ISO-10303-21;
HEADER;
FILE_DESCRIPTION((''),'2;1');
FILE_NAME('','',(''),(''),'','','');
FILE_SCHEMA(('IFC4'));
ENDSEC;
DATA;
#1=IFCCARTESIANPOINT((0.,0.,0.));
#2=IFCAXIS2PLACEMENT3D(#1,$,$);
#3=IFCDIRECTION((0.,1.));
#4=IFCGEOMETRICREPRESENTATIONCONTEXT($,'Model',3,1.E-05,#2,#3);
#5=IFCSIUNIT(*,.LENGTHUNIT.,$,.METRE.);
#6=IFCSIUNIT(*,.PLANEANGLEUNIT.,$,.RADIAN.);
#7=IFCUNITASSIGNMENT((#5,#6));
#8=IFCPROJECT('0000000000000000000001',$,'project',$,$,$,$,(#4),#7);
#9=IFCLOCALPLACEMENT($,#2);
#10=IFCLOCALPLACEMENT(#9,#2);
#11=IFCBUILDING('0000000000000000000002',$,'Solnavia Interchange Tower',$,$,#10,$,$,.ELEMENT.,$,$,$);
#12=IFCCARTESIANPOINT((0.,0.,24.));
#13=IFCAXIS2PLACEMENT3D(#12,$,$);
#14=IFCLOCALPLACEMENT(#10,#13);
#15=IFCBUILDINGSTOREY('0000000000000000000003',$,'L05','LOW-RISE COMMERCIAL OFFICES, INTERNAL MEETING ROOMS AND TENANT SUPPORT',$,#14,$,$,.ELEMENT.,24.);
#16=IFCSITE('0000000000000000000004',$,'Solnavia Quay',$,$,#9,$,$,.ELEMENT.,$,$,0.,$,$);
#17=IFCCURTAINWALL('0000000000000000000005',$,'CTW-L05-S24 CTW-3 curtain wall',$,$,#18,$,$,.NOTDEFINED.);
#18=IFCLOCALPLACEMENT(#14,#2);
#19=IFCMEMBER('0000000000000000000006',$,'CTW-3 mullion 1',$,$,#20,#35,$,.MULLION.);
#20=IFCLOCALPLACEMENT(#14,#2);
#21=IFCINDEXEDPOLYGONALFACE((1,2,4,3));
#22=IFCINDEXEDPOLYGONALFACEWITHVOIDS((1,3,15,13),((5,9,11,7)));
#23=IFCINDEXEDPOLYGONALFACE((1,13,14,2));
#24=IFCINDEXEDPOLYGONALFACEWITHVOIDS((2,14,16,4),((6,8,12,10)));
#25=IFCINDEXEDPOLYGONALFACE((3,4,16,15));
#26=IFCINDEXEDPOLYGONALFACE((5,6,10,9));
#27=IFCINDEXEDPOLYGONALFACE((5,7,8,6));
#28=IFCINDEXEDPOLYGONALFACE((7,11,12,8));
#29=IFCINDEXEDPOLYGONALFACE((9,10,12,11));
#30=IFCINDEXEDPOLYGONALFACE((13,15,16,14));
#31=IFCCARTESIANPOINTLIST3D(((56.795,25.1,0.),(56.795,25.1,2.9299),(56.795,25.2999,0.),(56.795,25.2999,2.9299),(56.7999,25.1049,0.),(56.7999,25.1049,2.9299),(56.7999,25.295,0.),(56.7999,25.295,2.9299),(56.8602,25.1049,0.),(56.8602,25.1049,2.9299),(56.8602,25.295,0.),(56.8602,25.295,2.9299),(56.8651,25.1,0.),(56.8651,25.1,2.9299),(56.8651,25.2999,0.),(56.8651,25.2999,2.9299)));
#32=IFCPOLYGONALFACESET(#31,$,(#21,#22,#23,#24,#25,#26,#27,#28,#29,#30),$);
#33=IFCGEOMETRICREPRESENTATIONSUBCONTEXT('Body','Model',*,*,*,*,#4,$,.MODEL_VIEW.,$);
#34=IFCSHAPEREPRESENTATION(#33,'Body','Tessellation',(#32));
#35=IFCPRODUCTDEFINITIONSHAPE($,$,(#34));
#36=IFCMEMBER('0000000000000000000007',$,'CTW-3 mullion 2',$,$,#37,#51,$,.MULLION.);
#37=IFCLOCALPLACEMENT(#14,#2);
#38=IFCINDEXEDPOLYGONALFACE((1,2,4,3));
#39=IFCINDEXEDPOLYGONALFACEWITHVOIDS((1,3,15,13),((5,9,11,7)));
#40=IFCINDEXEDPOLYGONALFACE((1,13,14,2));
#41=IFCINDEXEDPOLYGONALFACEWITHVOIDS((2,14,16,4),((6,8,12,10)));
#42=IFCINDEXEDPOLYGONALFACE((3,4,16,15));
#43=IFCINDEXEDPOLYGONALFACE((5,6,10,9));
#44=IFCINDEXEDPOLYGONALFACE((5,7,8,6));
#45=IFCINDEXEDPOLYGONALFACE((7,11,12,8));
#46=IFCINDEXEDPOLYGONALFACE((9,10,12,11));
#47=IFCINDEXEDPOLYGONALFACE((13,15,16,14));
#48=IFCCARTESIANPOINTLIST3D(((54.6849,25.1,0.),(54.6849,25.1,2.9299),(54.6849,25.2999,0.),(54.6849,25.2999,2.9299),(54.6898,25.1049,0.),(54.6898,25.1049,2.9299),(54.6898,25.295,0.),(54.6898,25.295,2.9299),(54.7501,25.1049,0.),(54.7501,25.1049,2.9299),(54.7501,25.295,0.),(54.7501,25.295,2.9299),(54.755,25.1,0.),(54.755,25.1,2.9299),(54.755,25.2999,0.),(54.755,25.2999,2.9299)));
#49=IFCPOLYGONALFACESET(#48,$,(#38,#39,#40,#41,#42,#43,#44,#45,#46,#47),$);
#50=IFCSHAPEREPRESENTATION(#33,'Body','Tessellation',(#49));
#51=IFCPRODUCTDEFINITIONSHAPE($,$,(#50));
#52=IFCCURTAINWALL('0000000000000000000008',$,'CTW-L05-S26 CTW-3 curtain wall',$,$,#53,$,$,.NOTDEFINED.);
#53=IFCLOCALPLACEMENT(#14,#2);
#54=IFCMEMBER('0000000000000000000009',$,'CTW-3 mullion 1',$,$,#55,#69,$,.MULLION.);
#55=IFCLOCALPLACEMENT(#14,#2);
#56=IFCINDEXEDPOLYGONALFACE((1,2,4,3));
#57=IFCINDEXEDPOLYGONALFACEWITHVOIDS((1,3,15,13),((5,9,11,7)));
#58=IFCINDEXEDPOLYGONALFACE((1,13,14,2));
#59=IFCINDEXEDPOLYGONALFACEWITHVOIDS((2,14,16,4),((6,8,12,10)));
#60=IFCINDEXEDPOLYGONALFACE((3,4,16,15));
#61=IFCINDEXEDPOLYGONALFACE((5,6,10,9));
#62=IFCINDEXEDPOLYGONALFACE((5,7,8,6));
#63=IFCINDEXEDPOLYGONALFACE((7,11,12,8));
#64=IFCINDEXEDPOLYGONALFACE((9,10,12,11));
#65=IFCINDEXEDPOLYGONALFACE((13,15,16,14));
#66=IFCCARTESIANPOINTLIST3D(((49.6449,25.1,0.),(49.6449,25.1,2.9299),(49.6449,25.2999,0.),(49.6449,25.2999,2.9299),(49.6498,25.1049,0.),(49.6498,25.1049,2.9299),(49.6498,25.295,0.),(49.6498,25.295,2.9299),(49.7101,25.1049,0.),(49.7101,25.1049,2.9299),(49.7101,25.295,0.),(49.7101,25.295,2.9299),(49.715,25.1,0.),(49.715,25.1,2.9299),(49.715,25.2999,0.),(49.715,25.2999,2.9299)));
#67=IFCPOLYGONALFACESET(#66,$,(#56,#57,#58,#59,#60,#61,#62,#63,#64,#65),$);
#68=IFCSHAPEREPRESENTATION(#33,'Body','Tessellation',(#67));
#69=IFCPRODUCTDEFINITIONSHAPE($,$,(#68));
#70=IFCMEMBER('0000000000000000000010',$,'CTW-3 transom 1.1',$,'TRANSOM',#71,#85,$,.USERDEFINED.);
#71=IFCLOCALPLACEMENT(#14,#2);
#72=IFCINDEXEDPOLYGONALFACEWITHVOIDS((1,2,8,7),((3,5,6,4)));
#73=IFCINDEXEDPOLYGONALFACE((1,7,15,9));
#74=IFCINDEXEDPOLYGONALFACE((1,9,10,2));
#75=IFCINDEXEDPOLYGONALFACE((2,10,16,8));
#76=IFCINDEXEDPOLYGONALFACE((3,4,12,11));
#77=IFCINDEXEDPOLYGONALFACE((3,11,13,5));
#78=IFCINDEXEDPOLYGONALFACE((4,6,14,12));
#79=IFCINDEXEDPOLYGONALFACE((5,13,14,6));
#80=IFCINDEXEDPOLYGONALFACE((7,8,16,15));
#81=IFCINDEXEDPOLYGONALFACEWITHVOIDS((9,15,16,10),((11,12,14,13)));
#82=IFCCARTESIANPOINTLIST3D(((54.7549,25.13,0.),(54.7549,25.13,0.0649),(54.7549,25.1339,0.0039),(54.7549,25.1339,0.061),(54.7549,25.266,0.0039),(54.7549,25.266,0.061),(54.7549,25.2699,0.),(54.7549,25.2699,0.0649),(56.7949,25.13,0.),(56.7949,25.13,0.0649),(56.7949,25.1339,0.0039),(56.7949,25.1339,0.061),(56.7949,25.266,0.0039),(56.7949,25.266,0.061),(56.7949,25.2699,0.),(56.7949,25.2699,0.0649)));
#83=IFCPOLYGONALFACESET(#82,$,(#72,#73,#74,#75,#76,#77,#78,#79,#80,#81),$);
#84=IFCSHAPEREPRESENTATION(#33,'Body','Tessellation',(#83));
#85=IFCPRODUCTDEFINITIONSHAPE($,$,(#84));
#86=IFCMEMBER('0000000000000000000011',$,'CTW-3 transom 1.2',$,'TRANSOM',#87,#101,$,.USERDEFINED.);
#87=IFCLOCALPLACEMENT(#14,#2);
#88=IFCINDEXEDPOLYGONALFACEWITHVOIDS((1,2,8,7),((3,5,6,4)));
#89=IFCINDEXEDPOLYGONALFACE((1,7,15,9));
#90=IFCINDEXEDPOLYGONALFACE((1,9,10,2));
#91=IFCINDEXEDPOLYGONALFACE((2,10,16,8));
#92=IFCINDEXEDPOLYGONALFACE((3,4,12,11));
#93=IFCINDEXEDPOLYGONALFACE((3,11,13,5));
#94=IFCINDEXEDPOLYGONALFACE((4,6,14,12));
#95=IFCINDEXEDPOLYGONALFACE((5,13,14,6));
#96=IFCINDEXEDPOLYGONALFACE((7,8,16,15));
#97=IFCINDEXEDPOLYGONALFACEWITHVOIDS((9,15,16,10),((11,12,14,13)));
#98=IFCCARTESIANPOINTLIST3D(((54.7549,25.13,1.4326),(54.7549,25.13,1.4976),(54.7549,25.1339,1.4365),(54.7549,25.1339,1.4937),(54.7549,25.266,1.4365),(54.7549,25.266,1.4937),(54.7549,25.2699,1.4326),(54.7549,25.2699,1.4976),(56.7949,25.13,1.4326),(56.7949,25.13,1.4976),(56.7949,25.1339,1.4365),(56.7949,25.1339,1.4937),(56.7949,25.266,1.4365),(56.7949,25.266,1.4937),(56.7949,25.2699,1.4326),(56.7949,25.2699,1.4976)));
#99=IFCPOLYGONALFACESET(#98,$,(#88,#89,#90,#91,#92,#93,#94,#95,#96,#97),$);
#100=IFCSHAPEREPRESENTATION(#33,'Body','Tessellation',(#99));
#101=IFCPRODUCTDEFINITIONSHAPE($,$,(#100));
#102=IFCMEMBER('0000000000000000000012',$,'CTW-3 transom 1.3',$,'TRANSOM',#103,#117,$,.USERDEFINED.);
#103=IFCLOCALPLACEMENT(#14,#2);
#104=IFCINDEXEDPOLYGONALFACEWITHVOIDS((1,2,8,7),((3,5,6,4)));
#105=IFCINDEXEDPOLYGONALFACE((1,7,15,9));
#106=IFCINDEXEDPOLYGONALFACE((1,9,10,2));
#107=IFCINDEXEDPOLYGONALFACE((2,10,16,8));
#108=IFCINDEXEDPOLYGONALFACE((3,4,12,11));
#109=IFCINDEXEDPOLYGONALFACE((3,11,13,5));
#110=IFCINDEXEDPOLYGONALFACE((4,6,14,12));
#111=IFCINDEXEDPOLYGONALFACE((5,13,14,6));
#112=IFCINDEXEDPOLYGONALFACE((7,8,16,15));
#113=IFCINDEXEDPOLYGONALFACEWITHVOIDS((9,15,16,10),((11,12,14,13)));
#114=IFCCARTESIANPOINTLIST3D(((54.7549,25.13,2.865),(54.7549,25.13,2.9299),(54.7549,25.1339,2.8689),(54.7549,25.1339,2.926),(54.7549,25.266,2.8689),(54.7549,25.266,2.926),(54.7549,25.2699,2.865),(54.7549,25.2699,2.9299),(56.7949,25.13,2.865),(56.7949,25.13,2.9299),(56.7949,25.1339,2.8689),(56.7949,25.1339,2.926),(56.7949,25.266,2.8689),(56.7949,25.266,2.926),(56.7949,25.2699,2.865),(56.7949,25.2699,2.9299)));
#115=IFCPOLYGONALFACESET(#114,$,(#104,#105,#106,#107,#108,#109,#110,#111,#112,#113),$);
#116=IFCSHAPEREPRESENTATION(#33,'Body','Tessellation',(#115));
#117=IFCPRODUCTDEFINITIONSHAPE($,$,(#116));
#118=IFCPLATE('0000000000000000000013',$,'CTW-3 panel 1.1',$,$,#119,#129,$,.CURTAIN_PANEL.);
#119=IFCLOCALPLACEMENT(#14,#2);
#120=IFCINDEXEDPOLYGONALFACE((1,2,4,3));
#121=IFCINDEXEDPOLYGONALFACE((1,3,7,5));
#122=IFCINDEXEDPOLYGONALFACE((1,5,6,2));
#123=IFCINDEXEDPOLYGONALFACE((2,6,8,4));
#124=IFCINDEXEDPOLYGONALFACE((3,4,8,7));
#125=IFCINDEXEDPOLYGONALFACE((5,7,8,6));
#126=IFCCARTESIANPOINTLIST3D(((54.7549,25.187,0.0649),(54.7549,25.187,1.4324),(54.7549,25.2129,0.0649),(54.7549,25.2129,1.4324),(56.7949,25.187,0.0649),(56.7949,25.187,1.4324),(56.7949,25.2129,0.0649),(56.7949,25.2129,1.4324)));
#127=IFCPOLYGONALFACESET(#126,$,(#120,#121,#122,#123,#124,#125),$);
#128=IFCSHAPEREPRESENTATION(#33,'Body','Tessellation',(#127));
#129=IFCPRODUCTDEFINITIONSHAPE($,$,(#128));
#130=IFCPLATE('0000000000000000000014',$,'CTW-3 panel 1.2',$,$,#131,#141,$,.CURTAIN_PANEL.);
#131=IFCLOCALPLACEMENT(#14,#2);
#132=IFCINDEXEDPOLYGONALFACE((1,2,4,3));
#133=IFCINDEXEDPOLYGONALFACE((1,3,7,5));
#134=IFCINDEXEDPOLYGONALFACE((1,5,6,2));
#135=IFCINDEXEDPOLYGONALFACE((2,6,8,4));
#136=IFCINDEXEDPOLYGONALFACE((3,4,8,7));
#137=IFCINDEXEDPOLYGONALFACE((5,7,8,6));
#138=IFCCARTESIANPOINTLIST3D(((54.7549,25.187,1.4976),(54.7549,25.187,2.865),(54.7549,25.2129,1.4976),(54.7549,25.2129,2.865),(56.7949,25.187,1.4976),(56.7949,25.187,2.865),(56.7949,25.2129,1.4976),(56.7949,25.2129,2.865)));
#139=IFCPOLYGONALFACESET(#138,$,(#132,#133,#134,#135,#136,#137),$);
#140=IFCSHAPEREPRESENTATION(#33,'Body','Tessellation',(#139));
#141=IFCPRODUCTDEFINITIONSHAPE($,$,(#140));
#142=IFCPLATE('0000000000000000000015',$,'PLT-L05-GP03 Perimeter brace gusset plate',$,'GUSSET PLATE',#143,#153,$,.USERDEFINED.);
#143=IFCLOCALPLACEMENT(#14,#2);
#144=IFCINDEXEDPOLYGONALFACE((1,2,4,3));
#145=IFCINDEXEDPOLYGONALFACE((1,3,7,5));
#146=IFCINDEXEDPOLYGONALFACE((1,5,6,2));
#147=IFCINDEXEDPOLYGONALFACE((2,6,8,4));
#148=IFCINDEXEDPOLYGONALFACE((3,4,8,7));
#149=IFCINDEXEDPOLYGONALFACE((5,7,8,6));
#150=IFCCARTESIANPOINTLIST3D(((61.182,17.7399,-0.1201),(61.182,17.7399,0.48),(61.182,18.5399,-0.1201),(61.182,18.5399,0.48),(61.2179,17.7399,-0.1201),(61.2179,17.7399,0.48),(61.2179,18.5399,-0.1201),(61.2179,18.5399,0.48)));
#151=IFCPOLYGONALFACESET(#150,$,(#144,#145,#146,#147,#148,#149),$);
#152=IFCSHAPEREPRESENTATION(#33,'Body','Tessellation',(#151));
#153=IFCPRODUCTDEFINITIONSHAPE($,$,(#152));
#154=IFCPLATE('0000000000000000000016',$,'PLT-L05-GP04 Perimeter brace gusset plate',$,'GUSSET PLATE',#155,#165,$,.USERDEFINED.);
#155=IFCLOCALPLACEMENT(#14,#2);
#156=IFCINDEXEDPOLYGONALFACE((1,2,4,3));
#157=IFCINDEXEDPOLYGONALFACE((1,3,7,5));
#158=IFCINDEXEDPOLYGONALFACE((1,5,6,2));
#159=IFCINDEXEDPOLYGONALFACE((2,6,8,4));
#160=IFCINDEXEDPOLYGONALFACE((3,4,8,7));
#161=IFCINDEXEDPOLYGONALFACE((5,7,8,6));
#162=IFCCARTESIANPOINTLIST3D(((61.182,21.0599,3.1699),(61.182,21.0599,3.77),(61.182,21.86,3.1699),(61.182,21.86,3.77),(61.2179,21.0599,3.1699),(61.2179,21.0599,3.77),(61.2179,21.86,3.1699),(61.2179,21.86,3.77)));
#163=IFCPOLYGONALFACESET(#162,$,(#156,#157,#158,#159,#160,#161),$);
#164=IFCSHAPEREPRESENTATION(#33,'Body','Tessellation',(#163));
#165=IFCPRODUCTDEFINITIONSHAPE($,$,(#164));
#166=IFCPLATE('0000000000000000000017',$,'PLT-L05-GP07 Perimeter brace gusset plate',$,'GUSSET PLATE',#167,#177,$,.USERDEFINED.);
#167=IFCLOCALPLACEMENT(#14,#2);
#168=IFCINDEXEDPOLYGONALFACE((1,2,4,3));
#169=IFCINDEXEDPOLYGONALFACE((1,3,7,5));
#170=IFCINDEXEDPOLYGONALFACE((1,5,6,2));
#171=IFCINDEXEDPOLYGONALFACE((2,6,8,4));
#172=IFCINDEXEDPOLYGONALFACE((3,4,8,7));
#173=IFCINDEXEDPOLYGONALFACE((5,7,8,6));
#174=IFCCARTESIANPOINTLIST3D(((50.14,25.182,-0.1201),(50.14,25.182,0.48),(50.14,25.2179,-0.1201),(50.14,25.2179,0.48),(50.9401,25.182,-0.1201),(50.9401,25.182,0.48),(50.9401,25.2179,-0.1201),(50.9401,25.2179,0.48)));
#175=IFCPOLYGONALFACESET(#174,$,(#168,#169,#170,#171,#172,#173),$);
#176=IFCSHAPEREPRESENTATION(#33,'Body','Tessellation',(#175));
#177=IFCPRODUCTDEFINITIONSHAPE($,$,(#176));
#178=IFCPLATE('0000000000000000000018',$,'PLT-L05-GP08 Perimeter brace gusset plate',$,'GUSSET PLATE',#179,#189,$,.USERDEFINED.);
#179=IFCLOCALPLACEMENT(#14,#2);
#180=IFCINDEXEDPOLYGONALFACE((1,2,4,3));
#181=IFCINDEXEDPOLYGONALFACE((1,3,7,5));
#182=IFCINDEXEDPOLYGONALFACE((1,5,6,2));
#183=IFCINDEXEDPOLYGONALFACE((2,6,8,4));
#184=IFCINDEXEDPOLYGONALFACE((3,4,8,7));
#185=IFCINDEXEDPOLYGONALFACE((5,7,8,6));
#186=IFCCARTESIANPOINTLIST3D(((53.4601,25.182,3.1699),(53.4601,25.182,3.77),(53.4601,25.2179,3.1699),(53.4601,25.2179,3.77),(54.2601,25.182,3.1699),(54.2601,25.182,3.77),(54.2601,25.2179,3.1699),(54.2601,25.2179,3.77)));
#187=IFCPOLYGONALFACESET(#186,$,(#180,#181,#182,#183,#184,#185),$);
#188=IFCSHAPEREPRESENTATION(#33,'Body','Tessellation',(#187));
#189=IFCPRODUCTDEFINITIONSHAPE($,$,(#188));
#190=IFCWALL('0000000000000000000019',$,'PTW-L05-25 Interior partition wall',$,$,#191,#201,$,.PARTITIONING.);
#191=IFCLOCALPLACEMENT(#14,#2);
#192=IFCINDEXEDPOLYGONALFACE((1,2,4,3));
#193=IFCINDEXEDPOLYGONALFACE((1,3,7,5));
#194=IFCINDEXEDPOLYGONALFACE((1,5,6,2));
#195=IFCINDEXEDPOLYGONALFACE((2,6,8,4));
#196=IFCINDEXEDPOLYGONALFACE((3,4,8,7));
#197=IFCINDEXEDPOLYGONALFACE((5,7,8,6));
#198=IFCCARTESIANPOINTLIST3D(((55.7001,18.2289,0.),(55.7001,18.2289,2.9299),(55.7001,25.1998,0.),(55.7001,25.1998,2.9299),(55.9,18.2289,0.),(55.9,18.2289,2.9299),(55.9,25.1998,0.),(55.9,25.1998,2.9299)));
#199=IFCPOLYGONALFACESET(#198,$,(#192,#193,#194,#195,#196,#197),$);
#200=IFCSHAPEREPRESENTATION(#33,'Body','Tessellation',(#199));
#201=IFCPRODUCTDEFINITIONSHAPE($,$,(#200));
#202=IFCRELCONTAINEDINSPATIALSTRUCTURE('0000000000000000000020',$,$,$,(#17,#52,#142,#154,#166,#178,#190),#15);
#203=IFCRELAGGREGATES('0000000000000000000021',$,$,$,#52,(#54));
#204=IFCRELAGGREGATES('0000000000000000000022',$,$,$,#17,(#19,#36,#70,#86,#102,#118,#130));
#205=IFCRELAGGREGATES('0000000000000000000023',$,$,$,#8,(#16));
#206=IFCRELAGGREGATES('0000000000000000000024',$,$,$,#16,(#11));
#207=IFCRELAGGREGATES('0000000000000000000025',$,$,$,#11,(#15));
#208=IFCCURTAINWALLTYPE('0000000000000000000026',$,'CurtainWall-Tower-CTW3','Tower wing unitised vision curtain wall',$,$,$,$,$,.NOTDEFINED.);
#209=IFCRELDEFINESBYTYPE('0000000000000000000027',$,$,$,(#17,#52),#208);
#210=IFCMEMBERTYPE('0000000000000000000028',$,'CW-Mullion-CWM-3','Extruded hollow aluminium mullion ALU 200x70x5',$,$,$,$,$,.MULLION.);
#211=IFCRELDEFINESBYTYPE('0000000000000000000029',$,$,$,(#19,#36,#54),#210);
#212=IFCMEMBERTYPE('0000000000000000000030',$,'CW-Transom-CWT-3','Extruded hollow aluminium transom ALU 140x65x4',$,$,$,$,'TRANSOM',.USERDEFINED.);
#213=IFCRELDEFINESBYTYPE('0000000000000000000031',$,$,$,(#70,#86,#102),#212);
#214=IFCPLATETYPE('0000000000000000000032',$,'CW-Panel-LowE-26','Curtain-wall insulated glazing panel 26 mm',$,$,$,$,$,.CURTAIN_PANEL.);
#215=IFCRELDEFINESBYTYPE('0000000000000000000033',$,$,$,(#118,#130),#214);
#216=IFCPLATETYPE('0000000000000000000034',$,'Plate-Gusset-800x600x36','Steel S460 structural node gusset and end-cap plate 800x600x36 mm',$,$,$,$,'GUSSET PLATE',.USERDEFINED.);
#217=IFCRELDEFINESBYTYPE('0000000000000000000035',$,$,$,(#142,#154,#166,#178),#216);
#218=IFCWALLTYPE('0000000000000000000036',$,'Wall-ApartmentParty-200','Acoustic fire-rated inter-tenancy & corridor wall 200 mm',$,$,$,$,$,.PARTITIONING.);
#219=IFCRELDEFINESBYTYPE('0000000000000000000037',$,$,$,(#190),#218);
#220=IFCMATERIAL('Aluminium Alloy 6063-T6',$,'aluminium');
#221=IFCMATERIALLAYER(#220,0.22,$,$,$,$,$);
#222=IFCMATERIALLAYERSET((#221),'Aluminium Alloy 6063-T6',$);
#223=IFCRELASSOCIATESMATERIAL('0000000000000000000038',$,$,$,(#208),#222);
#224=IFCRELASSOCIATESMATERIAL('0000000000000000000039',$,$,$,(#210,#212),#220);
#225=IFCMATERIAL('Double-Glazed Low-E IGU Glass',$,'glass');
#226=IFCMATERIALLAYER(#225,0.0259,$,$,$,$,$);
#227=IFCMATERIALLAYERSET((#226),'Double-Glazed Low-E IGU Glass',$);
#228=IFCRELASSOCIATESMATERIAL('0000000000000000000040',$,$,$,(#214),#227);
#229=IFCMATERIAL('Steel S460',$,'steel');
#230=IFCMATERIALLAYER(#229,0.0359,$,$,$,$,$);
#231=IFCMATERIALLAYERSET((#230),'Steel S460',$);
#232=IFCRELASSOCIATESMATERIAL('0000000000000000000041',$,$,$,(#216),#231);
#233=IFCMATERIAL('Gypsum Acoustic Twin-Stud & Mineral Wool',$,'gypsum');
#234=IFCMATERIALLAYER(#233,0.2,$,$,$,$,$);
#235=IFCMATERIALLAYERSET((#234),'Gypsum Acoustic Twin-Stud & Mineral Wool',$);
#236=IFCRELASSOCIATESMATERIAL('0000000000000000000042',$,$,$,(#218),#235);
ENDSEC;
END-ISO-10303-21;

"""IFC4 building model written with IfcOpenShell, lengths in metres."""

from ifc_helpers import new_model, si_unit, direction, frame, frame_2d, origin, origin_2d, place, context, subcontext, project, spatial, rectangle, hollow_rectangle, extrude, material, layer, layer_set, material_profile, profile_set, type_object, element, aggregate, save


model = new_model("IFC4")

# Units and contexts
model_context = context("Model", 3, precision=1e-05, world=origin(), true_north=direction((0.0, 1.0)))
body_context = subcontext(model_context, "Body", "Model", "MODEL_VIEW")
ifc_project = project(units=[si_unit("LENGTHUNIT", "METRE"), si_unit("PLANEANGLEUNIT", "RADIAN")], contexts=[model_context])

# Site, building, storey
site_placement = place(None, origin())
site = spatial("IfcSite", under=ifc_project, at=site_placement, Name="Solnavia Quay", CompositionType="ELEMENT", RefElevation=0.0)
building_placement = place(site_placement, origin())
building = spatial("IfcBuilding", under=site, at=building_placement, Name="Solnavia Interchange Tower", CompositionType="ELEMENT")
storey_placement = place(building_placement, frame((0.0, 0.0, 24.0)))
storey = spatial("IfcBuildingStorey", under=building, at=storey_placement, Name="L05", Description="LOW-RISE COMMERCIAL OFFICES, INTERNAL MEETING ROOMS AND TENANT SUPPORT", CompositionType="ELEMENT", Elevation=24.0)

# Shared definitions
ifc_material_1 = material(Name="Steel S460", Category="steel")

# Curtain wall, members
ifc_material_2 = material(Name="Aluminium Alloy 6063-T6", Category="aluminium")
ifc_layer_1 = layer(ifc_material_2, 0.22)
ifc_layer_set_1 = layer_set([ifc_layer_1], Name="Aluminium Alloy 6063-T6")
curtain_wall_type = type_object("IfcCurtainWallType", Name="CurtainWall-Tower-CTW3", Description="Tower wing unitised vision curtain wall", PredefinedType="NOTDEFINED", material=ifc_layer_set_1)
curtain_wall_1_placement = place(storey_placement, origin())
curtain_wall_1 = element("IfcCurtainWall", 1, at=curtain_wall_1_placement, inside=storey, type_object=curtain_wall_type, Name="CTW-L05-S24 CTW-3 curtain wall", PredefinedType="NOTDEFINED")
ifc_material_profile_1 = material_profile(ifc_material_2, hollow_rectangle(XDim=0.0701, YDim=0.2, WallThickness=0.0049, at=origin_2d()), Name="ALU 200x70x5")
ifc_profile_set_1 = profile_set([ifc_material_profile_1], Name="Aluminium Alloy 6063-T6")
member_type_1 = type_object("IfcMemberType", Name="CW-Mullion-CWM-3", Description="Extruded hollow aluminium mullion ALU 200x70x5", PredefinedType="MULLION", material=ifc_profile_set_1)
member_1_placement = place(storey_placement, frame((56.8301, 25.2, 0.0), z_axis=(0.0, 0.0, 1.0), x_axis=(-1.0, 0.0, 0.0)))
member_1 = element("IfcMember", 2, at=member_1_placement, type_object=member_type_1, Name="CTW-3 mullion 1", PredefinedType="MULLION", context=body_context, shape_type="SweptSolid", body=[
    extrude(hollow_rectangle(XDim=0.0701, YDim=0.2, WallThickness=0.0049, at=origin_2d()), origin(), (0.0, 0.0, 1.0), 2.9299),
])
member_2_placement = place(storey_placement, frame((54.72, 25.2, 0.0), z_axis=(0.0, 0.0, 1.0), x_axis=(-1.0, 0.0, 0.0)))
member_2 = element("IfcMember", 3, at=member_2_placement, type_object=member_type_1, Name="CTW-3 mullion 2", PredefinedType="MULLION", context=body_context, shape_type="SweptSolid", body=[
    extrude(hollow_rectangle(XDim=0.0701, YDim=0.2, WallThickness=0.0049, at=origin_2d()), origin(), (0.0, 0.0, 1.0), 2.9299),
])

# Curtain wall, member
curtain_wall_2_placement = place(storey_placement, origin())
curtain_wall_2 = element("IfcCurtainWall", 4, at=curtain_wall_2_placement, inside=storey, type_object=curtain_wall_type, Name="CTW-L05-S26 CTW-3 curtain wall", PredefinedType="NOTDEFINED")
member_3_placement = place(storey_placement, frame((49.6799, 25.2, 0.0), z_axis=(0.0, 0.0, 1.0), x_axis=(-1.0, 0.0, 0.0)))
member_3 = element("IfcMember", 5, at=member_3_placement, type_object=member_type_1, Name="CTW-3 mullion 1", PredefinedType="MULLION", context=body_context, shape_type="SweptSolid", body=[
    extrude(hollow_rectangle(XDim=0.0701, YDim=0.2, WallThickness=0.0049, at=origin_2d()), origin(), (0.0, 0.0, 1.0), 2.9299),
])
aggregate(curtain_wall_2, [member_3])

# Members
ifc_material_profile_2 = material_profile(ifc_material_2, hollow_rectangle(XDim=0.0649, YDim=0.1399, WallThickness=0.0039, at=origin_2d()), Name="ALU 140x65x4")
ifc_profile_set_2 = profile_set([ifc_material_profile_2], Name="Aluminium Alloy 6063-T6")
member_type_2 = type_object("IfcMemberType", Name="CW-Transom-CWT-3", Description="Extruded hollow aluminium transom ALU 140x65x4", ElementType="TRANSOM", PredefinedType="USERDEFINED", material=ifc_profile_set_2)
member_4_placement = place(storey_placement, frame((56.7949, 25.2, 0.0325), z_axis=(-1.0, 0.0, 0.0), x_axis=(0.0, 0.0, 1.0)))
member_4 = element("IfcMember", 6, at=member_4_placement, type_object=member_type_2, Name="CTW-3 transom 1.1", ObjectType="TRANSOM", PredefinedType="USERDEFINED", context=body_context, shape_type="SweptSolid", body=[
    extrude(hollow_rectangle(XDim=0.0649, YDim=0.1399, WallThickness=0.0039, at=origin_2d()), origin(), (0.0, 0.0, 1.0), 2.04),
])
member_5_placement = place(storey_placement, frame((56.7949, 25.2, 1.4651), z_axis=(-1.0, 0.0, 0.0), x_axis=(0.0, 0.0, 1.0)))
member_5 = element("IfcMember", 7, at=member_5_placement, type_object=member_type_2, Name="CTW-3 transom 1.2", ObjectType="TRANSOM", PredefinedType="USERDEFINED", context=body_context, shape_type="SweptSolid", body=[
    extrude(hollow_rectangle(XDim=0.0649, YDim=0.1399, WallThickness=0.0039, at=origin_2d()), origin(), (0.0, 0.0, 1.0), 2.04),
])
member_6_placement = place(storey_placement, frame((56.7949, 25.2, 2.8975), z_axis=(-1.0, 0.0, 0.0), x_axis=(0.0, 0.0, 1.0)))
member_6 = element("IfcMember", 8, at=member_6_placement, type_object=member_type_2, Name="CTW-3 transom 1.3", ObjectType="TRANSOM", PredefinedType="USERDEFINED", context=body_context, shape_type="SweptSolid", body=[
    extrude(hollow_rectangle(XDim=0.0649, YDim=0.1399, WallThickness=0.0039, at=origin_2d()), origin(), (0.0, 0.0, 1.0), 2.04),
])

# Plates
ifc_material_3 = material(Name="Double-Glazed Low-E IGU Glass", Category="glass")
ifc_layer_2 = layer(ifc_material_3, 0.0259)
ifc_layer_set_2 = layer_set([ifc_layer_2], Name="Double-Glazed Low-E IGU Glass")
plate_type_1 = type_object("IfcPlateType", Name="CW-Panel-LowE-26", Description="Curtain-wall insulated glazing panel 26 mm", PredefinedType="CURTAIN_PANEL", material=ifc_layer_set_2)
plate_1_placement = place(storey_placement, frame((55.7749, 25.2, 0.0649), z_axis=(0.0, 0.0, 1.0), x_axis=(-1.0, 0.0, 0.0)))
plate_1 = element("IfcPlate", 9, at=plate_1_placement, type_object=plate_type_1, Name="CTW-3 panel 1.1", PredefinedType="CURTAIN_PANEL", context=body_context, shape_type="SweptSolid", body=[
    extrude(rectangle(XDim=2.04, YDim=0.0259, at=origin_2d()), origin(), (0.0, 0.0, 1.0), 1.3674),
])
plate_2_placement = place(storey_placement, frame((55.7749, 25.2, 1.4976), z_axis=(0.0, 0.0, 1.0), x_axis=(-1.0, 0.0, 0.0)))
plate_2 = element("IfcPlate", 10, at=plate_2_placement, type_object=plate_type_1, Name="CTW-3 panel 1.2", PredefinedType="CURTAIN_PANEL", context=body_context, shape_type="SweptSolid", body=[
    extrude(rectangle(XDim=2.04, YDim=0.0259, at=origin_2d()), origin(), (0.0, 0.0, 1.0), 1.3674),
])
aggregate(curtain_wall_1, [member_1, member_2, member_4, member_5, member_6, plate_1, plate_2])

# Plates
ifc_layer_3 = layer(ifc_material_1, 0.0359)
ifc_layer_set_3 = layer_set([ifc_layer_3], Name="Steel S460")
plate_type_2 = type_object("IfcPlateType", Name="Plate-Gusset-800x600x36", Description="Steel S460 structural node gusset and end-cap plate 800x600x36 mm", ElementType="GUSSET PLATE", PredefinedType="USERDEFINED", material=ifc_layer_set_3)
for number, where, z_axis, x_axis, name in (
    (11, (61.2, 18.1399, -0.1201), (0.0, 0.0, 1.0), (0.0, 1.0, 0.0), "PLT-L05-GP03 Perimeter brace gusset plate"),
    (12, (61.2, 21.46, 3.1699), (0.0, 0.0, 1.0), (0.0, 1.0, 0.0), "PLT-L05-GP04 Perimeter brace gusset plate"),
    (13, (50.54, 25.2, -0.1201), (0.0, 0.0, 1.0), (1.0, 0.0, 0.0), "PLT-L05-GP07 Perimeter brace gusset plate"),
    (14, (53.8601, 25.2, 3.1699), (0.0, 0.0, 1.0), (1.0, 0.0, 0.0), "PLT-L05-GP08 Perimeter brace gusset plate"),
):
    element("IfcPlate", number, at=place(storey_placement, frame(where, z_axis=z_axis, x_axis=x_axis)), inside=storey, type_object=plate_type_2, Name=name, ObjectType="GUSSET PLATE", PredefinedType="USERDEFINED", context=body_context, shape_type="SweptSolid", body=[
        extrude(rectangle(XDim=0.8, YDim=0.0359, at=origin_2d()), origin(), (0.0, 0.0, 1.0), 0.6001),
    ])

# Wall
ifc_material_4 = material(Name="Gypsum Acoustic Twin-Stud & Mineral Wool", Category="gypsum")
ifc_layer_4 = layer(ifc_material_4, 0.2)
ifc_layer_set_4 = layer_set([ifc_layer_4], Name="Gypsum Acoustic Twin-Stud & Mineral Wool")
wall_type_1 = type_object("IfcWallType", Name="Wall-ApartmentParty-200", Description="Acoustic fire-rated inter-tenancy & corridor wall 200 mm", PredefinedType="PARTITIONING", material=ifc_layer_set_4)
wall_1_placement = place(storey_placement, frame((55.8, 18.229, 0.0), z_axis=(0.0, 0.0, 1.0), x_axis=(0.0, 1.0, 0.0)))
element("IfcWall", 15, at=wall_1_placement, inside=storey, type_object=wall_type_1, Name="PTW-L05-25 Interior partition wall", PredefinedType="PARTITIONING", context=body_context, shape_type="SweptSolid", body=[
    extrude(rectangle(XDim=6.9709, YDim=0.2, at=frame_2d((3.4854, 0.0))), origin(), (0.0, 0.0, 1.0), 2.9299),
])

save(model, "model.ifc")
